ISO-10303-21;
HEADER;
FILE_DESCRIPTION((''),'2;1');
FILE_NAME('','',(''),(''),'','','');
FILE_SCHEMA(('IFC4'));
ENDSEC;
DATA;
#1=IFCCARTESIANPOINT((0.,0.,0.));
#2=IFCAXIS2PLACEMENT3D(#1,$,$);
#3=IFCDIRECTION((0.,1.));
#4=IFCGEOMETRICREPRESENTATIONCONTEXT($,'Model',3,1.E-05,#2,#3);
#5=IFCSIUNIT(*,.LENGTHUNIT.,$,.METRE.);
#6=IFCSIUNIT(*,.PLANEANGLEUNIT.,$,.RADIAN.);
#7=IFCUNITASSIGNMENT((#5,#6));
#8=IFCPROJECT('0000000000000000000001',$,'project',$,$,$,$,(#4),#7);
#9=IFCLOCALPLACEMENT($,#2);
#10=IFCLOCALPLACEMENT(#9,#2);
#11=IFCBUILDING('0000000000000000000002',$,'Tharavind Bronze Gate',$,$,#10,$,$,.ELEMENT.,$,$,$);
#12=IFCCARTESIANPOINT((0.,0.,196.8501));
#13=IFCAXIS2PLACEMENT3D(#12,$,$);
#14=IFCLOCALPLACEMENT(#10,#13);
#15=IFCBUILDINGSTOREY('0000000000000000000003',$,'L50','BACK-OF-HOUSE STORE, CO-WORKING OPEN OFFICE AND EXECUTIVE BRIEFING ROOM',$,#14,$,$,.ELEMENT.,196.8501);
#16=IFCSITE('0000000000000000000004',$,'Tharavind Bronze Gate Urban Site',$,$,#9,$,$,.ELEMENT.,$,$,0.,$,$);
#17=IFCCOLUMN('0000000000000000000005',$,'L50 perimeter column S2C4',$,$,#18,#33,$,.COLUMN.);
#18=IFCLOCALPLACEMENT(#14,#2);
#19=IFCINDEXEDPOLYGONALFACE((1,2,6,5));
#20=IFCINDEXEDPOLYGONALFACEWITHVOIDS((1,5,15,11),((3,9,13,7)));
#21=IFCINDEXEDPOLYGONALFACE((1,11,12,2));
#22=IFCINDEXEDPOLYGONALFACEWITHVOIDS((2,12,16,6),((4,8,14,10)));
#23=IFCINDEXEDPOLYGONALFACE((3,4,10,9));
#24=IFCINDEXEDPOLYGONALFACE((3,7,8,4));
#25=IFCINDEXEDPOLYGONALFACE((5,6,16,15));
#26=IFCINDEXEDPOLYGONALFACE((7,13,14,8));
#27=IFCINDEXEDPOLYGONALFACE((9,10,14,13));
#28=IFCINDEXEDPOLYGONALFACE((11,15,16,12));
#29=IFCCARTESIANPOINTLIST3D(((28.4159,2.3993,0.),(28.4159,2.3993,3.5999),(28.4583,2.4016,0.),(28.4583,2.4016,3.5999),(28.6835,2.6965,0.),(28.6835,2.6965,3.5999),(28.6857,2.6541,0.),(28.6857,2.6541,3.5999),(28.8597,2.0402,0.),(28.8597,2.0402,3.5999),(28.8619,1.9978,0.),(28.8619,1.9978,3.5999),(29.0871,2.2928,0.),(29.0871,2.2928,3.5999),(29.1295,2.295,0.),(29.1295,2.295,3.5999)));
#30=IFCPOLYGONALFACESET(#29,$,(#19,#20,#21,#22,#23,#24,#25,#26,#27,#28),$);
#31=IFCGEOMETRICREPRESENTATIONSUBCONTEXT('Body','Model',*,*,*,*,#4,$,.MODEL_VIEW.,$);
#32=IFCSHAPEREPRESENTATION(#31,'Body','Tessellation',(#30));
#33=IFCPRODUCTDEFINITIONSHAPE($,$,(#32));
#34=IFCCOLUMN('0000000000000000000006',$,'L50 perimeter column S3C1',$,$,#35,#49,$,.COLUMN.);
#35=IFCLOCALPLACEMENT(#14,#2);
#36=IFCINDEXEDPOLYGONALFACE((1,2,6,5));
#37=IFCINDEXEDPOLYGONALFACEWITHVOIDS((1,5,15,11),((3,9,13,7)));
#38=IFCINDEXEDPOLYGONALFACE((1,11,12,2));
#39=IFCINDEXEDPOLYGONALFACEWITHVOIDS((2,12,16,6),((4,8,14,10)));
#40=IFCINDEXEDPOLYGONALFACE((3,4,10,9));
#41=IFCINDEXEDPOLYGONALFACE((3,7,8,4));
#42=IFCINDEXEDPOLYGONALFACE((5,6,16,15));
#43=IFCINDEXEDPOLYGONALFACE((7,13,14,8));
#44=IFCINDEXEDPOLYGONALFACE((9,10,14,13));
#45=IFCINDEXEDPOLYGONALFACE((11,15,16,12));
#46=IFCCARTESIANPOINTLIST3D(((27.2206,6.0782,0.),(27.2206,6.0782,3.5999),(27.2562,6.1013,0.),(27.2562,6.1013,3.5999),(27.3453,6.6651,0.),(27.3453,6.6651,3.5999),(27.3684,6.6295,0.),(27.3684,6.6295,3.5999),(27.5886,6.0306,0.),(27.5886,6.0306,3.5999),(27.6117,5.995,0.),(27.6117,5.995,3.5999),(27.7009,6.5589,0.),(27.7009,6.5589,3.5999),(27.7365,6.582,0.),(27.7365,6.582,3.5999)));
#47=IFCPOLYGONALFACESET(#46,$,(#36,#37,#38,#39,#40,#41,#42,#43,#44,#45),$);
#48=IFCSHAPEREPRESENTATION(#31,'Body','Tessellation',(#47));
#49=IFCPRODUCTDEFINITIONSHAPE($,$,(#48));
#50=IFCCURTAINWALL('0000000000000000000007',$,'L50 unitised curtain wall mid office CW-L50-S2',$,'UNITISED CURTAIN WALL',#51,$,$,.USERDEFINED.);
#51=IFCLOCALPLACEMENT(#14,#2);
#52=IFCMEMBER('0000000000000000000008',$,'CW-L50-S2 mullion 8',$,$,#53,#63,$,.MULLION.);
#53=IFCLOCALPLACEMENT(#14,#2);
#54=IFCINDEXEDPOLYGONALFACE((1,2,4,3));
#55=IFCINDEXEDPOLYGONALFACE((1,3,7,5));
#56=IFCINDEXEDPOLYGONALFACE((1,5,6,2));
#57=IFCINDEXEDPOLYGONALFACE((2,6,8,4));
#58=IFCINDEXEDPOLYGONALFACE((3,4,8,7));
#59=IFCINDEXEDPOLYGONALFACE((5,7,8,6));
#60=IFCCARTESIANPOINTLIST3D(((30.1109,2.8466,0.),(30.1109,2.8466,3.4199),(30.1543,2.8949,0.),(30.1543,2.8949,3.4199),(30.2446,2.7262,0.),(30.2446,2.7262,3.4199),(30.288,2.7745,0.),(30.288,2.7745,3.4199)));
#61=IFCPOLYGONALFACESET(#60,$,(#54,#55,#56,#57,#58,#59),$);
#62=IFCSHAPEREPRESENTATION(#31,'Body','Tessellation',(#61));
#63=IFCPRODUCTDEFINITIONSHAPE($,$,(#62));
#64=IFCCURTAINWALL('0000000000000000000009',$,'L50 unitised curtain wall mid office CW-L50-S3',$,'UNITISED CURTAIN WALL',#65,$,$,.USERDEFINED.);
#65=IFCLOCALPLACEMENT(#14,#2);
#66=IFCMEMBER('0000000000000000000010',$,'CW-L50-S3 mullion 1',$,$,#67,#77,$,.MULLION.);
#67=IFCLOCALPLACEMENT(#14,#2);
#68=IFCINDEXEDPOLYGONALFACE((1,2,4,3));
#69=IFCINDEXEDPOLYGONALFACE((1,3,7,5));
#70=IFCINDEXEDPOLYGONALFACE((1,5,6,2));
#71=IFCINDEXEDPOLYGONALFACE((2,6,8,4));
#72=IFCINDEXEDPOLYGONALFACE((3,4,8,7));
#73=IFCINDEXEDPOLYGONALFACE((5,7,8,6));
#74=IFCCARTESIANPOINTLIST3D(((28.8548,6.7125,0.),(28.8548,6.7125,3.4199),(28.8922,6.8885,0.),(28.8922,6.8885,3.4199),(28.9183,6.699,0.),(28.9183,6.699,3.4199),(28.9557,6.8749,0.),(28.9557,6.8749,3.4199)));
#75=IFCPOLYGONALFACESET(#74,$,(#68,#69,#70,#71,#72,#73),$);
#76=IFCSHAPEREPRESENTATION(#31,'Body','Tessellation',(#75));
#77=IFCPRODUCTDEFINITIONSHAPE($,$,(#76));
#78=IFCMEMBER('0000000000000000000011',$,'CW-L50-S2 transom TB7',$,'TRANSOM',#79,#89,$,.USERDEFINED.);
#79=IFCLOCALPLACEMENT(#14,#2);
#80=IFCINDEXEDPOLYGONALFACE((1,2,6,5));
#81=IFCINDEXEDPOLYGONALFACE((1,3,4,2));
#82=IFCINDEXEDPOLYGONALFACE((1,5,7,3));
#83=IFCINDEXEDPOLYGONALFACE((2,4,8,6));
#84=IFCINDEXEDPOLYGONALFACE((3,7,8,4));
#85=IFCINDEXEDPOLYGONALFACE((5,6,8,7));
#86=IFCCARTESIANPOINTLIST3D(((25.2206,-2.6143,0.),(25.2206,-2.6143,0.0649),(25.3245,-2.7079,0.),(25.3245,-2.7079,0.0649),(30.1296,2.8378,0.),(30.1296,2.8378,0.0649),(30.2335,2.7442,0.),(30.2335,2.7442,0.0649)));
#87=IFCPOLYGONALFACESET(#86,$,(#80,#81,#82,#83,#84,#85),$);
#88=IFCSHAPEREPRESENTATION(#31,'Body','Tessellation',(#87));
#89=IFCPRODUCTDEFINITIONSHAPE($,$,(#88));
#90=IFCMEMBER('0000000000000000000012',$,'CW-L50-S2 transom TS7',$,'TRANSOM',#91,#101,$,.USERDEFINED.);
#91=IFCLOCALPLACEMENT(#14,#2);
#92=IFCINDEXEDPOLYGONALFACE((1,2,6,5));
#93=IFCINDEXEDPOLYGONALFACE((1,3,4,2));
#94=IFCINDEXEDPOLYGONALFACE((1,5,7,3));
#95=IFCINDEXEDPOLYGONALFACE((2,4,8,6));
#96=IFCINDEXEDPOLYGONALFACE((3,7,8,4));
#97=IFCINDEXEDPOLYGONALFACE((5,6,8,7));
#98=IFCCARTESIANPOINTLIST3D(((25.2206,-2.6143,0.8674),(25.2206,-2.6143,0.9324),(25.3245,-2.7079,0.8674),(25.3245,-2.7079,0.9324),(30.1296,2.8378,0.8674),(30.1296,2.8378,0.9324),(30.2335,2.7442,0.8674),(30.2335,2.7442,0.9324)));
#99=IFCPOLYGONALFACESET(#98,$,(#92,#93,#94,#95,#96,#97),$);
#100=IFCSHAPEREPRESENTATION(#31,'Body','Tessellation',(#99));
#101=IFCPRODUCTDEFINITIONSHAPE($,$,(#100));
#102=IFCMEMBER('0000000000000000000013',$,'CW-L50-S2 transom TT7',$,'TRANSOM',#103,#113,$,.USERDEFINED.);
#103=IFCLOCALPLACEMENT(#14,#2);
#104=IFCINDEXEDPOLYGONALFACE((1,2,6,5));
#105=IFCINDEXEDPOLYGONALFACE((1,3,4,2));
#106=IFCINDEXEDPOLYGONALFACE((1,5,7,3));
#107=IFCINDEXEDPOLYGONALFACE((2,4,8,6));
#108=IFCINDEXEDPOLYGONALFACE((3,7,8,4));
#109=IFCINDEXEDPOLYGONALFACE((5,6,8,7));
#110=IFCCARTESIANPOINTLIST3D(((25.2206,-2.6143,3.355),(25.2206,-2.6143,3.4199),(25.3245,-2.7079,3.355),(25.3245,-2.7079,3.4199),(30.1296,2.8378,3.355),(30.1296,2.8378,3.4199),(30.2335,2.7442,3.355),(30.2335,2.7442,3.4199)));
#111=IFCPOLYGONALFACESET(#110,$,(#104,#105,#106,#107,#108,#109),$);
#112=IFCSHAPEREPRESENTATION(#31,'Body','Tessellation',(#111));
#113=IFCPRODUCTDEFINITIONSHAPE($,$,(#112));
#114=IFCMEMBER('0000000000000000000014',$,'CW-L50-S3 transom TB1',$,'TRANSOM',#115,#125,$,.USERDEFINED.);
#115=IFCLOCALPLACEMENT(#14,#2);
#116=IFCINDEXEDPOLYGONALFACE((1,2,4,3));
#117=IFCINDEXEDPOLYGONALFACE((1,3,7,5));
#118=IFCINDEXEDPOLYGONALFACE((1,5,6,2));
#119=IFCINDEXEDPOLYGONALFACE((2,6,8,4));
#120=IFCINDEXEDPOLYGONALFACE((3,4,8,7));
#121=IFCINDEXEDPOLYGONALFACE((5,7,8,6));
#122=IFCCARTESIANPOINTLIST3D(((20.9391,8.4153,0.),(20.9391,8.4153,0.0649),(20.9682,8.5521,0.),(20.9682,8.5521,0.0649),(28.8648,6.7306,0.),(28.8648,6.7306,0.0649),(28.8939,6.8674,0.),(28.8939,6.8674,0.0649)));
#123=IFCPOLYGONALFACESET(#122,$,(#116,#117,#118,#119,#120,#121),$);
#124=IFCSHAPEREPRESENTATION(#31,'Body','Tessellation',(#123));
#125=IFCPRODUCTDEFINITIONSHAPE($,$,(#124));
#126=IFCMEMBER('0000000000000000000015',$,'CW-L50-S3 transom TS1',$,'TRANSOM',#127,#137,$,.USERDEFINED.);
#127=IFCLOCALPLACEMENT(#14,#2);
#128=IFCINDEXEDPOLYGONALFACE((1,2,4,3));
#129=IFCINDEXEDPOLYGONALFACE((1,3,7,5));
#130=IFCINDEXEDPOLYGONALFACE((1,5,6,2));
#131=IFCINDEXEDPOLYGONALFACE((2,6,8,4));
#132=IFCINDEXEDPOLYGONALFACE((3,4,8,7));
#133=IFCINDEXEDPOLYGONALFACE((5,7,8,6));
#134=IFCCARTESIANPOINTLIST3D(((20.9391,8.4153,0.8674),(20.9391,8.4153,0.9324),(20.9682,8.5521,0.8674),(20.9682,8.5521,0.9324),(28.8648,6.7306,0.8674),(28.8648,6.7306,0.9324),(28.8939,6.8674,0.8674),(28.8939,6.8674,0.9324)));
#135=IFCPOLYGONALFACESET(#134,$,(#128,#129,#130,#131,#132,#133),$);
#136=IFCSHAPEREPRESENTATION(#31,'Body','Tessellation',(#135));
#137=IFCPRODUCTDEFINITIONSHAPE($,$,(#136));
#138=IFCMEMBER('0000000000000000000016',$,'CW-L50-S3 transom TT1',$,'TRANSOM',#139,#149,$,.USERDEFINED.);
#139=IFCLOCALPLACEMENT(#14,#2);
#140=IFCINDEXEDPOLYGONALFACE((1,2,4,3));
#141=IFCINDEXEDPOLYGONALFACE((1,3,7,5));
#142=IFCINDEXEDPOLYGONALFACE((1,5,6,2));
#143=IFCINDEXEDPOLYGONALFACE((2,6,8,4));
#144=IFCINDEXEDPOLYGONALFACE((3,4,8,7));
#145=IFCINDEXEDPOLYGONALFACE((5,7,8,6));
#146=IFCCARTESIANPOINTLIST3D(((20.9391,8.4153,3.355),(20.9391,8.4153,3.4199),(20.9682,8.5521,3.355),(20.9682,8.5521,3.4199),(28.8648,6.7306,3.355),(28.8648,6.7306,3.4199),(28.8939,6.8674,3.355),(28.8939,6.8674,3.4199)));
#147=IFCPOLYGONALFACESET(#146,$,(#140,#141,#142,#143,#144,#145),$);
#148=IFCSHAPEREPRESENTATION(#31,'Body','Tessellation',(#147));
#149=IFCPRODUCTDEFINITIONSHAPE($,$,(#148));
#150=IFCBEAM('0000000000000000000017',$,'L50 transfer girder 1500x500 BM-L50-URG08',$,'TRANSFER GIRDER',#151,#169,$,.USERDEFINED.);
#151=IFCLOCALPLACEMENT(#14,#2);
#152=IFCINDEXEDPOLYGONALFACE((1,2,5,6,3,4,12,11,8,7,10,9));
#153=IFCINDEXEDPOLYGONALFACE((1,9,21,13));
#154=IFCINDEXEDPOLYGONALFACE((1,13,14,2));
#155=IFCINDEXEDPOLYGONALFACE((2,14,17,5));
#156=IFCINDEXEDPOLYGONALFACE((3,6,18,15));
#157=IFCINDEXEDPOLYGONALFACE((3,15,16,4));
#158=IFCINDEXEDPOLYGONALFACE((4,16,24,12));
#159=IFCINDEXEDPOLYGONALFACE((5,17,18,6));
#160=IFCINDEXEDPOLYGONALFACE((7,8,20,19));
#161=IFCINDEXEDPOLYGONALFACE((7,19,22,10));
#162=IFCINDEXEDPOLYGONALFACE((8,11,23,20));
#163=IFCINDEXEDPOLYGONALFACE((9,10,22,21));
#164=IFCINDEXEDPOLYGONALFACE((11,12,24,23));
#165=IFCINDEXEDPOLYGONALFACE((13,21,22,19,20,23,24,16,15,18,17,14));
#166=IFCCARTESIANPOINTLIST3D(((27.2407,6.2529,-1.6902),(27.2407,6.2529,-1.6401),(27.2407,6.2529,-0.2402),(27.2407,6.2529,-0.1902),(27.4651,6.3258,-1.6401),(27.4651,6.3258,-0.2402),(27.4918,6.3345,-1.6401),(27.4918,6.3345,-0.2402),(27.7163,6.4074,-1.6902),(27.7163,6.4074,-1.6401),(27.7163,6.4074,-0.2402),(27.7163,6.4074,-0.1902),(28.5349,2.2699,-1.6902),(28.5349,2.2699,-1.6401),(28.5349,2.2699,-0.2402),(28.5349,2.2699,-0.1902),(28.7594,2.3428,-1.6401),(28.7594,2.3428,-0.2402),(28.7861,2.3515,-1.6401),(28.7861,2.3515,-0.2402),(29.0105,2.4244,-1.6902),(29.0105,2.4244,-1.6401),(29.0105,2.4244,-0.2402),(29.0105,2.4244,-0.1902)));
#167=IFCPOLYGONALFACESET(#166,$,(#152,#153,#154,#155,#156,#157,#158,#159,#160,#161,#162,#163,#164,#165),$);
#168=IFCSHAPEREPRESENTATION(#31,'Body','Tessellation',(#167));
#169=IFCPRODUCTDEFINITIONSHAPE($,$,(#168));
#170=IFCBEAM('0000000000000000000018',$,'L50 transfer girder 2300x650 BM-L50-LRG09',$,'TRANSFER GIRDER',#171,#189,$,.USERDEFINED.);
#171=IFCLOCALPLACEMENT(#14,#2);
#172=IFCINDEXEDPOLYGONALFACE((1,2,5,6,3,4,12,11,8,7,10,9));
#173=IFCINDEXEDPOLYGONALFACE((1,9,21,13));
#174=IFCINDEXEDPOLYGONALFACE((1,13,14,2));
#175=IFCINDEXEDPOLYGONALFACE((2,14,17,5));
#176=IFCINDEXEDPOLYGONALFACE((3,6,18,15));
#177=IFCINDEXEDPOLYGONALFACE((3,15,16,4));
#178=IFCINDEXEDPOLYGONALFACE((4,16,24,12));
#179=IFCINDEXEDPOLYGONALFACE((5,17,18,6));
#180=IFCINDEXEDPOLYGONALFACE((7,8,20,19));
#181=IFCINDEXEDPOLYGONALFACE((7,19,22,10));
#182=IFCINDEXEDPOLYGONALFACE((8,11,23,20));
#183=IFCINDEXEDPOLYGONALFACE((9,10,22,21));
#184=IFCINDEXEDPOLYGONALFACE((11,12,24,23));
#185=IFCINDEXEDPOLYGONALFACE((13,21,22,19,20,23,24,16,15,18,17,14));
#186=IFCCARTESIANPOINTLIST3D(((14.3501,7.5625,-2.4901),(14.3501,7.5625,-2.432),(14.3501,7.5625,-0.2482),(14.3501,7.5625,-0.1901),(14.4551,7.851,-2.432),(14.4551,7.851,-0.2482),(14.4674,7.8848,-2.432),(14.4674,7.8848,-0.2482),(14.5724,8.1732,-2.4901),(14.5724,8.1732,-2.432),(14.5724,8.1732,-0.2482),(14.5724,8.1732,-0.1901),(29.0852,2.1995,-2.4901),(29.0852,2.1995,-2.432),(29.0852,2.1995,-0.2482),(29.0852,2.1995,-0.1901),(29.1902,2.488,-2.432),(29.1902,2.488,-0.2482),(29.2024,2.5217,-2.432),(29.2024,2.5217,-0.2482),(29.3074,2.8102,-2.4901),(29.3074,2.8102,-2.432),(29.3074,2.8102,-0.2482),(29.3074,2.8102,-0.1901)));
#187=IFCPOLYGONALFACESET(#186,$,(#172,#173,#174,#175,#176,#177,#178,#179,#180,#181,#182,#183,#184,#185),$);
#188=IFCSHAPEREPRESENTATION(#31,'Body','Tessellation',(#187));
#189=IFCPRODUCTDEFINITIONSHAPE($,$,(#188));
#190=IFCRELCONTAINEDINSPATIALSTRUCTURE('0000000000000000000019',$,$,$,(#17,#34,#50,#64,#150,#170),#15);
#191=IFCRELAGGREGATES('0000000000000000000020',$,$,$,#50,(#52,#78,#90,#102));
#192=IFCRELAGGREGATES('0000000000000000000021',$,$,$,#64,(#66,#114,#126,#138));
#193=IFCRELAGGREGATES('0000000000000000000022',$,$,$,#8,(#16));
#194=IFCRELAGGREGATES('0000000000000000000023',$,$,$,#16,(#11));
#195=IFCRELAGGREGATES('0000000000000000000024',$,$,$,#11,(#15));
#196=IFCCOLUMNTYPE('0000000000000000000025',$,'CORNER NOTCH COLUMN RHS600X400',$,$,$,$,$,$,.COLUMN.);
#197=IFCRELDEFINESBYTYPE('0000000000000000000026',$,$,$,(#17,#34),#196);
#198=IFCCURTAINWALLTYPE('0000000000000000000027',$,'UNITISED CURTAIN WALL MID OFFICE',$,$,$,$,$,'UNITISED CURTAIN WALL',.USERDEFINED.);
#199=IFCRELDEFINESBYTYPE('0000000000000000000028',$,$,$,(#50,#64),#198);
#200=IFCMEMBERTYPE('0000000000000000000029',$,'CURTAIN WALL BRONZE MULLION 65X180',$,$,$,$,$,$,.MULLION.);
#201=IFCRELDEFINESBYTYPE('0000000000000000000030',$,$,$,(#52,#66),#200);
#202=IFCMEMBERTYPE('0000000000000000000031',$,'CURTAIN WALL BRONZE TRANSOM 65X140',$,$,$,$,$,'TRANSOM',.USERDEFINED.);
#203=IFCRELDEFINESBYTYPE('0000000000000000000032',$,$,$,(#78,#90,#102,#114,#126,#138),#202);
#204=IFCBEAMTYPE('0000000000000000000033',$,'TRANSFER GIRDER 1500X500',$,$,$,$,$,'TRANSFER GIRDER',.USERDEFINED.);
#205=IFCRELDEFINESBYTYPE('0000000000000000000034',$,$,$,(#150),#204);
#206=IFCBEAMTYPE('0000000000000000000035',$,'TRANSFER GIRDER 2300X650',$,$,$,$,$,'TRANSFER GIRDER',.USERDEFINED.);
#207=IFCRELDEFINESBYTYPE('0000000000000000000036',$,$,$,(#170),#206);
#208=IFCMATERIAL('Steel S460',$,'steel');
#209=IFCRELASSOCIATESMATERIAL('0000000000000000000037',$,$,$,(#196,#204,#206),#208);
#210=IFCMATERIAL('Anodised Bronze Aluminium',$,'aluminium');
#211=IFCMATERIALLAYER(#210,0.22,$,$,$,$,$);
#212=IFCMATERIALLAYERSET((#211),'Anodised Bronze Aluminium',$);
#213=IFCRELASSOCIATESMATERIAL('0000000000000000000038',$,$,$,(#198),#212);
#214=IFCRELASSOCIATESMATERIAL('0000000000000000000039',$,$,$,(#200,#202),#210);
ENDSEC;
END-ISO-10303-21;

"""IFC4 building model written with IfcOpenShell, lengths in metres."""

from ifc_helpers import new_model, si_unit, direction, frame, origin, origin_2d, place, context, subcontext, project, spatial, rectangle, hollow_rectangle, i_section, extrude, material, layer, layer_set, material_profile, profile_set, type_object, element, aggregate, save


model = new_model("IFC4")

# Units and contexts
model_context = context("Model", 3, precision=1e-05, world=origin(), true_north=direction((0.0, 1.0)))
body_context = subcontext(model_context, "Body", "Model", "MODEL_VIEW")
ifc_project = project(units=[si_unit("LENGTHUNIT", "METRE"), si_unit("PLANEANGLEUNIT", "RADIAN")], contexts=[model_context])

# Site, building, storey
site_placement = place(None, origin())
site = spatial("IfcSite", under=ifc_project, at=site_placement, Name="Tharavind Bronze Gate Urban Site", CompositionType="ELEMENT", RefElevation=0.0)
building_placement = place(site_placement, origin())
building = spatial("IfcBuilding", under=site, at=building_placement, Name="Tharavind Bronze Gate", CompositionType="ELEMENT")
storey_placement = place(building_placement, frame((0.0, 0.0, 196.8501)))
storey = spatial("IfcBuildingStorey", under=building, at=storey_placement, Name="L50", Description="BACK-OF-HOUSE STORE, CO-WORKING OPEN OFFICE AND EXECUTIVE BRIEFING ROOM", CompositionType="ELEMENT", Elevation=196.8501)

# Columns
ifc_material_1 = material(Name="Steel S460", Category="steel")
ifc_material_profile_1 = material_profile(ifc_material_1, hollow_rectangle(XDim=0.3999, YDim=0.6001, WallThickness=0.03, at=origin_2d()), Name="RHS600X400X30")
ifc_profile_set_1 = profile_set([ifc_material_profile_1], Name="Steel S460")
column_type = type_object("IfcColumnType", Name="CORNER NOTCH COLUMN RHS600X400", PredefinedType="COLUMN", material=ifc_profile_set_1)
for number, where, z_axis, x_axis, name in (
    (1, (28.7727, 2.3472, 0.0), (0.0, 0.0, 1.0), (0.669131, 0.743145, 0.0), "L50 perimeter column S2C4"),
    (2, (27.4785, 6.3301, 0.0), (0.0, 0.0, 1.0), (-0.978148, 0.207912, 0.0), "L50 perimeter column S3C1"),
):
    element("IfcColumn", number, at=place(storey_placement, frame(where, z_axis=z_axis, x_axis=x_axis)), inside=storey, type_object=column_type, Name=name, PredefinedType="COLUMN", context=body_context, shape_type="SweptSolid", body=[
        extrude(hollow_rectangle(XDim=0.3999, YDim=0.6001, WallThickness=0.03, at=origin_2d()), origin(), (0.0, 0.0, 1.0), 3.5999),
    ])

# Curtain walls, members
ifc_material_2 = material(Name="Anodised Bronze Aluminium", Category="aluminium")
ifc_layer_1 = layer(ifc_material_2, 0.22)
ifc_layer_set_1 = layer_set([ifc_layer_1], Name="Anodised Bronze Aluminium")
curtain_wall_type = type_object("IfcCurtainWallType", Name="UNITISED CURTAIN WALL MID OFFICE", ElementType="UNITISED CURTAIN WALL", PredefinedType="USERDEFINED", material=ifc_layer_set_1)
curtain_wall_1_placement = place(storey_placement, origin())
curtain_wall_1 = element("IfcCurtainWall", 3, at=curtain_wall_1_placement, inside=storey, type_object=curtain_wall_type, Name="L50 unitised curtain wall mid office CW-L50-S2", ObjectType="UNITISED CURTAIN WALL", PredefinedType="USERDEFINED")
member_type_1 = type_object("IfcMemberType", Name="CURTAIN WALL BRONZE MULLION 65X180", PredefinedType="MULLION", material=ifc_material_2)
member_1_placement = place(storey_placement, frame((30.1995, 2.8105, 0.0), z_axis=(0.0, 0.0, 1.0), x_axis=(0.669131, 0.743145, 0.0)))
member_1 = element("IfcMember", 4, at=member_1_placement, type_object=member_type_1, Name="CW-L50-S2 mullion 8", PredefinedType="MULLION", context=body_context, shape_type="SweptSolid", body=[
    extrude(rectangle(XDim=0.0649, YDim=0.1799, at=origin_2d()), origin(), (0.0, 0.0, 1.0), 3.4199),
])
curtain_wall_2_placement = place(storey_placement, origin())
curtain_wall_2 = element("IfcCurtainWall", 5, at=curtain_wall_2_placement, inside=storey, type_object=curtain_wall_type, Name="L50 unitised curtain wall mid office CW-L50-S3", ObjectType="UNITISED CURTAIN WALL", PredefinedType="USERDEFINED")
member_2_placement = place(storey_placement, frame((28.9053, 6.7937, 0.0), z_axis=(0.0, 0.0, 1.0), x_axis=(-0.978148, 0.207912, 0.0)))
member_2 = element("IfcMember", 6, at=member_2_placement, type_object=member_type_1, Name="CW-L50-S3 mullion 1", PredefinedType="MULLION", context=body_context, shape_type="SweptSolid", body=[
    extrude(rectangle(XDim=0.0649, YDim=0.1799, at=origin_2d()), origin(), (0.0, 0.0, 1.0), 3.4199),
])

# Members
member_type_2 = type_object("IfcMemberType", Name="CURTAIN WALL BRONZE TRANSOM 65X140", ElementType="TRANSOM", PredefinedType="USERDEFINED", material=ifc_material_2)
member_3_placement = place(storey_placement, frame((27.7271, 0.0649, 0.0), z_axis=(0.0, 0.0, 1.0), x_axis=(0.669131, 0.743145, 0.0)))
member_3 = element("IfcMember", 7, at=member_3_placement, type_object=member_type_2, Name="CW-L50-S2 transom TB7", ObjectType="TRANSOM", PredefinedType="USERDEFINED", context=body_context, shape_type="SweptSolid", body=[
    extrude(rectangle(XDim=7.3364, YDim=0.1399, at=origin_2d()), origin(), (0.0, 0.0, 1.0), 0.0649),
])
member_4_placement = place(storey_placement, frame((27.7271, 0.0649, 0.8674), z_axis=(0.0, 0.0, 1.0), x_axis=(0.669131, 0.743145, 0.0)))
member_4 = element("IfcMember", 8, at=member_4_placement, type_object=member_type_2, Name="CW-L50-S2 transom TS7", ObjectType="TRANSOM", PredefinedType="USERDEFINED", context=body_context, shape_type="SweptSolid", body=[
    extrude(rectangle(XDim=7.3364, YDim=0.1399, at=origin_2d()), origin(), (0.0, 0.0, 1.0), 0.0649),
])
member_5_placement = place(storey_placement, frame((27.7271, 0.0649, 3.355), z_axis=(0.0, 0.0, 1.0), x_axis=(0.669131, 0.743145, 0.0)))
member_5 = element("IfcMember", 9, at=member_5_placement, type_object=member_type_2, Name="CW-L50-S2 transom TT7", ObjectType="TRANSOM", PredefinedType="USERDEFINED", context=body_context, shape_type="SweptSolid", body=[
    extrude(rectangle(XDim=7.3364, YDim=0.1399, at=origin_2d()), origin(), (0.0, 0.0, 1.0), 0.0649),
])
member_6_placement = place(storey_placement, frame((24.9165, 7.6414, 0.0), z_axis=(0.0, 0.0, 1.0), x_axis=(-0.978148, 0.207912, 0.0)))
member_6 = element("IfcMember", 10, at=member_6_placement, type_object=member_type_2, Name="CW-L50-S3 transom TB1", ObjectType="TRANSOM", PredefinedType="USERDEFINED", context=body_context, shape_type="SweptSolid", body=[
    extrude(rectangle(XDim=8.1028, YDim=0.1399, at=origin_2d()), origin(), (0.0, 0.0, 1.0), 0.0649),
])
member_7_placement = place(storey_placement, frame((24.9165, 7.6414, 0.8674), z_axis=(0.0, 0.0, 1.0), x_axis=(-0.978148, 0.207912, 0.0)))
member_7 = element("IfcMember", 11, at=member_7_placement, type_object=member_type_2, Name="CW-L50-S3 transom TS1", ObjectType="TRANSOM", PredefinedType="USERDEFINED", context=body_context, shape_type="SweptSolid", body=[
    extrude(rectangle(XDim=8.1028, YDim=0.1399, at=origin_2d()), origin(), (0.0, 0.0, 1.0), 0.0649),
])
member_8_placement = place(storey_placement, frame((24.9165, 7.6414, 3.355), z_axis=(0.0, 0.0, 1.0), x_axis=(-0.978148, 0.207912, 0.0)))
member_8 = element("IfcMember", 12, at=member_8_placement, type_object=member_type_2, Name="CW-L50-S3 transom TT1", ObjectType="TRANSOM", PredefinedType="USERDEFINED", context=body_context, shape_type="SweptSolid", body=[
    extrude(rectangle(XDim=8.1028, YDim=0.1399, at=origin_2d()), origin(), (0.0, 0.0, 1.0), 0.0649),
])

# Beams
ifc_material_profile_2 = material_profile(ifc_material_1, i_section(OverallWidth=0.5, OverallDepth=1.5, WebThickness=0.0281, FlangeThickness=0.05, at=origin_2d()), Name="PG1500X500")
ifc_profile_set_2 = profile_set([ifc_material_profile_2], Name="Steel S460")
beam_type_1 = type_object("IfcBeamType", Name="TRANSFER GIRDER 1500X500", ElementType="TRANSFER GIRDER", PredefinedType="USERDEFINED", material=ifc_profile_set_2)
beam_1_placement = place(storey_placement, frame((28.7727, 2.3472, -0.9402), z_axis=(-0.309031, 0.951052, 0.0), x_axis=(-0.951052, -0.309031, 0.0)))
element("IfcBeam", 13, at=beam_1_placement, inside=storey, type_object=beam_type_1, Name="L50 transfer girder 1500x500 BM-L50-URG08", ObjectType="TRANSFER GIRDER", PredefinedType="USERDEFINED", context=body_context, shape_type="SweptSolid", body=[
    extrude(i_section(OverallWidth=0.5, OverallDepth=1.5, WebThickness=0.0281, FlangeThickness=0.05, at=origin_2d()), origin(), (0.0, 0.0, 1.0), 4.188),
])
ifc_material_profile_3 = material_profile(ifc_material_1, i_section(OverallWidth=0.6499, OverallDepth=2.3, WebThickness=0.0359, FlangeThickness=0.0581, at=origin_2d()), Name="PG2300X650")
ifc_profile_set_3 = profile_set([ifc_material_profile_3], Name="Steel S460")
beam_type_2 = type_object("IfcBeamType", Name="TRANSFER GIRDER 2300X650", ElementType="TRANSFER GIRDER", PredefinedType="USERDEFINED", material=ifc_profile_set_3)
beam_2_placement = place(storey_placement, frame((29.1963, 2.5049, -1.3401), z_axis=(-0.939695, 0.342014, 0.0), x_axis=(-0.342014, -0.939695, 0.0)))
element("IfcBeam", 14, at=beam_2_placement, inside=storey, type_object=beam_type_2, Name="L50 transfer girder 2300x650 BM-L50-LRG09", ObjectType="TRANSFER GIRDER", PredefinedType="USERDEFINED", context=body_context, shape_type="SweptSolid", body=[
    extrude(i_section(OverallWidth=0.6499, OverallDepth=2.3, WebThickness=0.0359, FlangeThickness=0.0581, at=origin_2d()), origin(), (0.0, 0.0, 1.0), 15.6807),
])

aggregate(curtain_wall_1, [member_1, member_3, member_4, member_5])
aggregate(curtain_wall_2, [member_2, member_6, member_7, member_8])

save(model, "model.ifc")
